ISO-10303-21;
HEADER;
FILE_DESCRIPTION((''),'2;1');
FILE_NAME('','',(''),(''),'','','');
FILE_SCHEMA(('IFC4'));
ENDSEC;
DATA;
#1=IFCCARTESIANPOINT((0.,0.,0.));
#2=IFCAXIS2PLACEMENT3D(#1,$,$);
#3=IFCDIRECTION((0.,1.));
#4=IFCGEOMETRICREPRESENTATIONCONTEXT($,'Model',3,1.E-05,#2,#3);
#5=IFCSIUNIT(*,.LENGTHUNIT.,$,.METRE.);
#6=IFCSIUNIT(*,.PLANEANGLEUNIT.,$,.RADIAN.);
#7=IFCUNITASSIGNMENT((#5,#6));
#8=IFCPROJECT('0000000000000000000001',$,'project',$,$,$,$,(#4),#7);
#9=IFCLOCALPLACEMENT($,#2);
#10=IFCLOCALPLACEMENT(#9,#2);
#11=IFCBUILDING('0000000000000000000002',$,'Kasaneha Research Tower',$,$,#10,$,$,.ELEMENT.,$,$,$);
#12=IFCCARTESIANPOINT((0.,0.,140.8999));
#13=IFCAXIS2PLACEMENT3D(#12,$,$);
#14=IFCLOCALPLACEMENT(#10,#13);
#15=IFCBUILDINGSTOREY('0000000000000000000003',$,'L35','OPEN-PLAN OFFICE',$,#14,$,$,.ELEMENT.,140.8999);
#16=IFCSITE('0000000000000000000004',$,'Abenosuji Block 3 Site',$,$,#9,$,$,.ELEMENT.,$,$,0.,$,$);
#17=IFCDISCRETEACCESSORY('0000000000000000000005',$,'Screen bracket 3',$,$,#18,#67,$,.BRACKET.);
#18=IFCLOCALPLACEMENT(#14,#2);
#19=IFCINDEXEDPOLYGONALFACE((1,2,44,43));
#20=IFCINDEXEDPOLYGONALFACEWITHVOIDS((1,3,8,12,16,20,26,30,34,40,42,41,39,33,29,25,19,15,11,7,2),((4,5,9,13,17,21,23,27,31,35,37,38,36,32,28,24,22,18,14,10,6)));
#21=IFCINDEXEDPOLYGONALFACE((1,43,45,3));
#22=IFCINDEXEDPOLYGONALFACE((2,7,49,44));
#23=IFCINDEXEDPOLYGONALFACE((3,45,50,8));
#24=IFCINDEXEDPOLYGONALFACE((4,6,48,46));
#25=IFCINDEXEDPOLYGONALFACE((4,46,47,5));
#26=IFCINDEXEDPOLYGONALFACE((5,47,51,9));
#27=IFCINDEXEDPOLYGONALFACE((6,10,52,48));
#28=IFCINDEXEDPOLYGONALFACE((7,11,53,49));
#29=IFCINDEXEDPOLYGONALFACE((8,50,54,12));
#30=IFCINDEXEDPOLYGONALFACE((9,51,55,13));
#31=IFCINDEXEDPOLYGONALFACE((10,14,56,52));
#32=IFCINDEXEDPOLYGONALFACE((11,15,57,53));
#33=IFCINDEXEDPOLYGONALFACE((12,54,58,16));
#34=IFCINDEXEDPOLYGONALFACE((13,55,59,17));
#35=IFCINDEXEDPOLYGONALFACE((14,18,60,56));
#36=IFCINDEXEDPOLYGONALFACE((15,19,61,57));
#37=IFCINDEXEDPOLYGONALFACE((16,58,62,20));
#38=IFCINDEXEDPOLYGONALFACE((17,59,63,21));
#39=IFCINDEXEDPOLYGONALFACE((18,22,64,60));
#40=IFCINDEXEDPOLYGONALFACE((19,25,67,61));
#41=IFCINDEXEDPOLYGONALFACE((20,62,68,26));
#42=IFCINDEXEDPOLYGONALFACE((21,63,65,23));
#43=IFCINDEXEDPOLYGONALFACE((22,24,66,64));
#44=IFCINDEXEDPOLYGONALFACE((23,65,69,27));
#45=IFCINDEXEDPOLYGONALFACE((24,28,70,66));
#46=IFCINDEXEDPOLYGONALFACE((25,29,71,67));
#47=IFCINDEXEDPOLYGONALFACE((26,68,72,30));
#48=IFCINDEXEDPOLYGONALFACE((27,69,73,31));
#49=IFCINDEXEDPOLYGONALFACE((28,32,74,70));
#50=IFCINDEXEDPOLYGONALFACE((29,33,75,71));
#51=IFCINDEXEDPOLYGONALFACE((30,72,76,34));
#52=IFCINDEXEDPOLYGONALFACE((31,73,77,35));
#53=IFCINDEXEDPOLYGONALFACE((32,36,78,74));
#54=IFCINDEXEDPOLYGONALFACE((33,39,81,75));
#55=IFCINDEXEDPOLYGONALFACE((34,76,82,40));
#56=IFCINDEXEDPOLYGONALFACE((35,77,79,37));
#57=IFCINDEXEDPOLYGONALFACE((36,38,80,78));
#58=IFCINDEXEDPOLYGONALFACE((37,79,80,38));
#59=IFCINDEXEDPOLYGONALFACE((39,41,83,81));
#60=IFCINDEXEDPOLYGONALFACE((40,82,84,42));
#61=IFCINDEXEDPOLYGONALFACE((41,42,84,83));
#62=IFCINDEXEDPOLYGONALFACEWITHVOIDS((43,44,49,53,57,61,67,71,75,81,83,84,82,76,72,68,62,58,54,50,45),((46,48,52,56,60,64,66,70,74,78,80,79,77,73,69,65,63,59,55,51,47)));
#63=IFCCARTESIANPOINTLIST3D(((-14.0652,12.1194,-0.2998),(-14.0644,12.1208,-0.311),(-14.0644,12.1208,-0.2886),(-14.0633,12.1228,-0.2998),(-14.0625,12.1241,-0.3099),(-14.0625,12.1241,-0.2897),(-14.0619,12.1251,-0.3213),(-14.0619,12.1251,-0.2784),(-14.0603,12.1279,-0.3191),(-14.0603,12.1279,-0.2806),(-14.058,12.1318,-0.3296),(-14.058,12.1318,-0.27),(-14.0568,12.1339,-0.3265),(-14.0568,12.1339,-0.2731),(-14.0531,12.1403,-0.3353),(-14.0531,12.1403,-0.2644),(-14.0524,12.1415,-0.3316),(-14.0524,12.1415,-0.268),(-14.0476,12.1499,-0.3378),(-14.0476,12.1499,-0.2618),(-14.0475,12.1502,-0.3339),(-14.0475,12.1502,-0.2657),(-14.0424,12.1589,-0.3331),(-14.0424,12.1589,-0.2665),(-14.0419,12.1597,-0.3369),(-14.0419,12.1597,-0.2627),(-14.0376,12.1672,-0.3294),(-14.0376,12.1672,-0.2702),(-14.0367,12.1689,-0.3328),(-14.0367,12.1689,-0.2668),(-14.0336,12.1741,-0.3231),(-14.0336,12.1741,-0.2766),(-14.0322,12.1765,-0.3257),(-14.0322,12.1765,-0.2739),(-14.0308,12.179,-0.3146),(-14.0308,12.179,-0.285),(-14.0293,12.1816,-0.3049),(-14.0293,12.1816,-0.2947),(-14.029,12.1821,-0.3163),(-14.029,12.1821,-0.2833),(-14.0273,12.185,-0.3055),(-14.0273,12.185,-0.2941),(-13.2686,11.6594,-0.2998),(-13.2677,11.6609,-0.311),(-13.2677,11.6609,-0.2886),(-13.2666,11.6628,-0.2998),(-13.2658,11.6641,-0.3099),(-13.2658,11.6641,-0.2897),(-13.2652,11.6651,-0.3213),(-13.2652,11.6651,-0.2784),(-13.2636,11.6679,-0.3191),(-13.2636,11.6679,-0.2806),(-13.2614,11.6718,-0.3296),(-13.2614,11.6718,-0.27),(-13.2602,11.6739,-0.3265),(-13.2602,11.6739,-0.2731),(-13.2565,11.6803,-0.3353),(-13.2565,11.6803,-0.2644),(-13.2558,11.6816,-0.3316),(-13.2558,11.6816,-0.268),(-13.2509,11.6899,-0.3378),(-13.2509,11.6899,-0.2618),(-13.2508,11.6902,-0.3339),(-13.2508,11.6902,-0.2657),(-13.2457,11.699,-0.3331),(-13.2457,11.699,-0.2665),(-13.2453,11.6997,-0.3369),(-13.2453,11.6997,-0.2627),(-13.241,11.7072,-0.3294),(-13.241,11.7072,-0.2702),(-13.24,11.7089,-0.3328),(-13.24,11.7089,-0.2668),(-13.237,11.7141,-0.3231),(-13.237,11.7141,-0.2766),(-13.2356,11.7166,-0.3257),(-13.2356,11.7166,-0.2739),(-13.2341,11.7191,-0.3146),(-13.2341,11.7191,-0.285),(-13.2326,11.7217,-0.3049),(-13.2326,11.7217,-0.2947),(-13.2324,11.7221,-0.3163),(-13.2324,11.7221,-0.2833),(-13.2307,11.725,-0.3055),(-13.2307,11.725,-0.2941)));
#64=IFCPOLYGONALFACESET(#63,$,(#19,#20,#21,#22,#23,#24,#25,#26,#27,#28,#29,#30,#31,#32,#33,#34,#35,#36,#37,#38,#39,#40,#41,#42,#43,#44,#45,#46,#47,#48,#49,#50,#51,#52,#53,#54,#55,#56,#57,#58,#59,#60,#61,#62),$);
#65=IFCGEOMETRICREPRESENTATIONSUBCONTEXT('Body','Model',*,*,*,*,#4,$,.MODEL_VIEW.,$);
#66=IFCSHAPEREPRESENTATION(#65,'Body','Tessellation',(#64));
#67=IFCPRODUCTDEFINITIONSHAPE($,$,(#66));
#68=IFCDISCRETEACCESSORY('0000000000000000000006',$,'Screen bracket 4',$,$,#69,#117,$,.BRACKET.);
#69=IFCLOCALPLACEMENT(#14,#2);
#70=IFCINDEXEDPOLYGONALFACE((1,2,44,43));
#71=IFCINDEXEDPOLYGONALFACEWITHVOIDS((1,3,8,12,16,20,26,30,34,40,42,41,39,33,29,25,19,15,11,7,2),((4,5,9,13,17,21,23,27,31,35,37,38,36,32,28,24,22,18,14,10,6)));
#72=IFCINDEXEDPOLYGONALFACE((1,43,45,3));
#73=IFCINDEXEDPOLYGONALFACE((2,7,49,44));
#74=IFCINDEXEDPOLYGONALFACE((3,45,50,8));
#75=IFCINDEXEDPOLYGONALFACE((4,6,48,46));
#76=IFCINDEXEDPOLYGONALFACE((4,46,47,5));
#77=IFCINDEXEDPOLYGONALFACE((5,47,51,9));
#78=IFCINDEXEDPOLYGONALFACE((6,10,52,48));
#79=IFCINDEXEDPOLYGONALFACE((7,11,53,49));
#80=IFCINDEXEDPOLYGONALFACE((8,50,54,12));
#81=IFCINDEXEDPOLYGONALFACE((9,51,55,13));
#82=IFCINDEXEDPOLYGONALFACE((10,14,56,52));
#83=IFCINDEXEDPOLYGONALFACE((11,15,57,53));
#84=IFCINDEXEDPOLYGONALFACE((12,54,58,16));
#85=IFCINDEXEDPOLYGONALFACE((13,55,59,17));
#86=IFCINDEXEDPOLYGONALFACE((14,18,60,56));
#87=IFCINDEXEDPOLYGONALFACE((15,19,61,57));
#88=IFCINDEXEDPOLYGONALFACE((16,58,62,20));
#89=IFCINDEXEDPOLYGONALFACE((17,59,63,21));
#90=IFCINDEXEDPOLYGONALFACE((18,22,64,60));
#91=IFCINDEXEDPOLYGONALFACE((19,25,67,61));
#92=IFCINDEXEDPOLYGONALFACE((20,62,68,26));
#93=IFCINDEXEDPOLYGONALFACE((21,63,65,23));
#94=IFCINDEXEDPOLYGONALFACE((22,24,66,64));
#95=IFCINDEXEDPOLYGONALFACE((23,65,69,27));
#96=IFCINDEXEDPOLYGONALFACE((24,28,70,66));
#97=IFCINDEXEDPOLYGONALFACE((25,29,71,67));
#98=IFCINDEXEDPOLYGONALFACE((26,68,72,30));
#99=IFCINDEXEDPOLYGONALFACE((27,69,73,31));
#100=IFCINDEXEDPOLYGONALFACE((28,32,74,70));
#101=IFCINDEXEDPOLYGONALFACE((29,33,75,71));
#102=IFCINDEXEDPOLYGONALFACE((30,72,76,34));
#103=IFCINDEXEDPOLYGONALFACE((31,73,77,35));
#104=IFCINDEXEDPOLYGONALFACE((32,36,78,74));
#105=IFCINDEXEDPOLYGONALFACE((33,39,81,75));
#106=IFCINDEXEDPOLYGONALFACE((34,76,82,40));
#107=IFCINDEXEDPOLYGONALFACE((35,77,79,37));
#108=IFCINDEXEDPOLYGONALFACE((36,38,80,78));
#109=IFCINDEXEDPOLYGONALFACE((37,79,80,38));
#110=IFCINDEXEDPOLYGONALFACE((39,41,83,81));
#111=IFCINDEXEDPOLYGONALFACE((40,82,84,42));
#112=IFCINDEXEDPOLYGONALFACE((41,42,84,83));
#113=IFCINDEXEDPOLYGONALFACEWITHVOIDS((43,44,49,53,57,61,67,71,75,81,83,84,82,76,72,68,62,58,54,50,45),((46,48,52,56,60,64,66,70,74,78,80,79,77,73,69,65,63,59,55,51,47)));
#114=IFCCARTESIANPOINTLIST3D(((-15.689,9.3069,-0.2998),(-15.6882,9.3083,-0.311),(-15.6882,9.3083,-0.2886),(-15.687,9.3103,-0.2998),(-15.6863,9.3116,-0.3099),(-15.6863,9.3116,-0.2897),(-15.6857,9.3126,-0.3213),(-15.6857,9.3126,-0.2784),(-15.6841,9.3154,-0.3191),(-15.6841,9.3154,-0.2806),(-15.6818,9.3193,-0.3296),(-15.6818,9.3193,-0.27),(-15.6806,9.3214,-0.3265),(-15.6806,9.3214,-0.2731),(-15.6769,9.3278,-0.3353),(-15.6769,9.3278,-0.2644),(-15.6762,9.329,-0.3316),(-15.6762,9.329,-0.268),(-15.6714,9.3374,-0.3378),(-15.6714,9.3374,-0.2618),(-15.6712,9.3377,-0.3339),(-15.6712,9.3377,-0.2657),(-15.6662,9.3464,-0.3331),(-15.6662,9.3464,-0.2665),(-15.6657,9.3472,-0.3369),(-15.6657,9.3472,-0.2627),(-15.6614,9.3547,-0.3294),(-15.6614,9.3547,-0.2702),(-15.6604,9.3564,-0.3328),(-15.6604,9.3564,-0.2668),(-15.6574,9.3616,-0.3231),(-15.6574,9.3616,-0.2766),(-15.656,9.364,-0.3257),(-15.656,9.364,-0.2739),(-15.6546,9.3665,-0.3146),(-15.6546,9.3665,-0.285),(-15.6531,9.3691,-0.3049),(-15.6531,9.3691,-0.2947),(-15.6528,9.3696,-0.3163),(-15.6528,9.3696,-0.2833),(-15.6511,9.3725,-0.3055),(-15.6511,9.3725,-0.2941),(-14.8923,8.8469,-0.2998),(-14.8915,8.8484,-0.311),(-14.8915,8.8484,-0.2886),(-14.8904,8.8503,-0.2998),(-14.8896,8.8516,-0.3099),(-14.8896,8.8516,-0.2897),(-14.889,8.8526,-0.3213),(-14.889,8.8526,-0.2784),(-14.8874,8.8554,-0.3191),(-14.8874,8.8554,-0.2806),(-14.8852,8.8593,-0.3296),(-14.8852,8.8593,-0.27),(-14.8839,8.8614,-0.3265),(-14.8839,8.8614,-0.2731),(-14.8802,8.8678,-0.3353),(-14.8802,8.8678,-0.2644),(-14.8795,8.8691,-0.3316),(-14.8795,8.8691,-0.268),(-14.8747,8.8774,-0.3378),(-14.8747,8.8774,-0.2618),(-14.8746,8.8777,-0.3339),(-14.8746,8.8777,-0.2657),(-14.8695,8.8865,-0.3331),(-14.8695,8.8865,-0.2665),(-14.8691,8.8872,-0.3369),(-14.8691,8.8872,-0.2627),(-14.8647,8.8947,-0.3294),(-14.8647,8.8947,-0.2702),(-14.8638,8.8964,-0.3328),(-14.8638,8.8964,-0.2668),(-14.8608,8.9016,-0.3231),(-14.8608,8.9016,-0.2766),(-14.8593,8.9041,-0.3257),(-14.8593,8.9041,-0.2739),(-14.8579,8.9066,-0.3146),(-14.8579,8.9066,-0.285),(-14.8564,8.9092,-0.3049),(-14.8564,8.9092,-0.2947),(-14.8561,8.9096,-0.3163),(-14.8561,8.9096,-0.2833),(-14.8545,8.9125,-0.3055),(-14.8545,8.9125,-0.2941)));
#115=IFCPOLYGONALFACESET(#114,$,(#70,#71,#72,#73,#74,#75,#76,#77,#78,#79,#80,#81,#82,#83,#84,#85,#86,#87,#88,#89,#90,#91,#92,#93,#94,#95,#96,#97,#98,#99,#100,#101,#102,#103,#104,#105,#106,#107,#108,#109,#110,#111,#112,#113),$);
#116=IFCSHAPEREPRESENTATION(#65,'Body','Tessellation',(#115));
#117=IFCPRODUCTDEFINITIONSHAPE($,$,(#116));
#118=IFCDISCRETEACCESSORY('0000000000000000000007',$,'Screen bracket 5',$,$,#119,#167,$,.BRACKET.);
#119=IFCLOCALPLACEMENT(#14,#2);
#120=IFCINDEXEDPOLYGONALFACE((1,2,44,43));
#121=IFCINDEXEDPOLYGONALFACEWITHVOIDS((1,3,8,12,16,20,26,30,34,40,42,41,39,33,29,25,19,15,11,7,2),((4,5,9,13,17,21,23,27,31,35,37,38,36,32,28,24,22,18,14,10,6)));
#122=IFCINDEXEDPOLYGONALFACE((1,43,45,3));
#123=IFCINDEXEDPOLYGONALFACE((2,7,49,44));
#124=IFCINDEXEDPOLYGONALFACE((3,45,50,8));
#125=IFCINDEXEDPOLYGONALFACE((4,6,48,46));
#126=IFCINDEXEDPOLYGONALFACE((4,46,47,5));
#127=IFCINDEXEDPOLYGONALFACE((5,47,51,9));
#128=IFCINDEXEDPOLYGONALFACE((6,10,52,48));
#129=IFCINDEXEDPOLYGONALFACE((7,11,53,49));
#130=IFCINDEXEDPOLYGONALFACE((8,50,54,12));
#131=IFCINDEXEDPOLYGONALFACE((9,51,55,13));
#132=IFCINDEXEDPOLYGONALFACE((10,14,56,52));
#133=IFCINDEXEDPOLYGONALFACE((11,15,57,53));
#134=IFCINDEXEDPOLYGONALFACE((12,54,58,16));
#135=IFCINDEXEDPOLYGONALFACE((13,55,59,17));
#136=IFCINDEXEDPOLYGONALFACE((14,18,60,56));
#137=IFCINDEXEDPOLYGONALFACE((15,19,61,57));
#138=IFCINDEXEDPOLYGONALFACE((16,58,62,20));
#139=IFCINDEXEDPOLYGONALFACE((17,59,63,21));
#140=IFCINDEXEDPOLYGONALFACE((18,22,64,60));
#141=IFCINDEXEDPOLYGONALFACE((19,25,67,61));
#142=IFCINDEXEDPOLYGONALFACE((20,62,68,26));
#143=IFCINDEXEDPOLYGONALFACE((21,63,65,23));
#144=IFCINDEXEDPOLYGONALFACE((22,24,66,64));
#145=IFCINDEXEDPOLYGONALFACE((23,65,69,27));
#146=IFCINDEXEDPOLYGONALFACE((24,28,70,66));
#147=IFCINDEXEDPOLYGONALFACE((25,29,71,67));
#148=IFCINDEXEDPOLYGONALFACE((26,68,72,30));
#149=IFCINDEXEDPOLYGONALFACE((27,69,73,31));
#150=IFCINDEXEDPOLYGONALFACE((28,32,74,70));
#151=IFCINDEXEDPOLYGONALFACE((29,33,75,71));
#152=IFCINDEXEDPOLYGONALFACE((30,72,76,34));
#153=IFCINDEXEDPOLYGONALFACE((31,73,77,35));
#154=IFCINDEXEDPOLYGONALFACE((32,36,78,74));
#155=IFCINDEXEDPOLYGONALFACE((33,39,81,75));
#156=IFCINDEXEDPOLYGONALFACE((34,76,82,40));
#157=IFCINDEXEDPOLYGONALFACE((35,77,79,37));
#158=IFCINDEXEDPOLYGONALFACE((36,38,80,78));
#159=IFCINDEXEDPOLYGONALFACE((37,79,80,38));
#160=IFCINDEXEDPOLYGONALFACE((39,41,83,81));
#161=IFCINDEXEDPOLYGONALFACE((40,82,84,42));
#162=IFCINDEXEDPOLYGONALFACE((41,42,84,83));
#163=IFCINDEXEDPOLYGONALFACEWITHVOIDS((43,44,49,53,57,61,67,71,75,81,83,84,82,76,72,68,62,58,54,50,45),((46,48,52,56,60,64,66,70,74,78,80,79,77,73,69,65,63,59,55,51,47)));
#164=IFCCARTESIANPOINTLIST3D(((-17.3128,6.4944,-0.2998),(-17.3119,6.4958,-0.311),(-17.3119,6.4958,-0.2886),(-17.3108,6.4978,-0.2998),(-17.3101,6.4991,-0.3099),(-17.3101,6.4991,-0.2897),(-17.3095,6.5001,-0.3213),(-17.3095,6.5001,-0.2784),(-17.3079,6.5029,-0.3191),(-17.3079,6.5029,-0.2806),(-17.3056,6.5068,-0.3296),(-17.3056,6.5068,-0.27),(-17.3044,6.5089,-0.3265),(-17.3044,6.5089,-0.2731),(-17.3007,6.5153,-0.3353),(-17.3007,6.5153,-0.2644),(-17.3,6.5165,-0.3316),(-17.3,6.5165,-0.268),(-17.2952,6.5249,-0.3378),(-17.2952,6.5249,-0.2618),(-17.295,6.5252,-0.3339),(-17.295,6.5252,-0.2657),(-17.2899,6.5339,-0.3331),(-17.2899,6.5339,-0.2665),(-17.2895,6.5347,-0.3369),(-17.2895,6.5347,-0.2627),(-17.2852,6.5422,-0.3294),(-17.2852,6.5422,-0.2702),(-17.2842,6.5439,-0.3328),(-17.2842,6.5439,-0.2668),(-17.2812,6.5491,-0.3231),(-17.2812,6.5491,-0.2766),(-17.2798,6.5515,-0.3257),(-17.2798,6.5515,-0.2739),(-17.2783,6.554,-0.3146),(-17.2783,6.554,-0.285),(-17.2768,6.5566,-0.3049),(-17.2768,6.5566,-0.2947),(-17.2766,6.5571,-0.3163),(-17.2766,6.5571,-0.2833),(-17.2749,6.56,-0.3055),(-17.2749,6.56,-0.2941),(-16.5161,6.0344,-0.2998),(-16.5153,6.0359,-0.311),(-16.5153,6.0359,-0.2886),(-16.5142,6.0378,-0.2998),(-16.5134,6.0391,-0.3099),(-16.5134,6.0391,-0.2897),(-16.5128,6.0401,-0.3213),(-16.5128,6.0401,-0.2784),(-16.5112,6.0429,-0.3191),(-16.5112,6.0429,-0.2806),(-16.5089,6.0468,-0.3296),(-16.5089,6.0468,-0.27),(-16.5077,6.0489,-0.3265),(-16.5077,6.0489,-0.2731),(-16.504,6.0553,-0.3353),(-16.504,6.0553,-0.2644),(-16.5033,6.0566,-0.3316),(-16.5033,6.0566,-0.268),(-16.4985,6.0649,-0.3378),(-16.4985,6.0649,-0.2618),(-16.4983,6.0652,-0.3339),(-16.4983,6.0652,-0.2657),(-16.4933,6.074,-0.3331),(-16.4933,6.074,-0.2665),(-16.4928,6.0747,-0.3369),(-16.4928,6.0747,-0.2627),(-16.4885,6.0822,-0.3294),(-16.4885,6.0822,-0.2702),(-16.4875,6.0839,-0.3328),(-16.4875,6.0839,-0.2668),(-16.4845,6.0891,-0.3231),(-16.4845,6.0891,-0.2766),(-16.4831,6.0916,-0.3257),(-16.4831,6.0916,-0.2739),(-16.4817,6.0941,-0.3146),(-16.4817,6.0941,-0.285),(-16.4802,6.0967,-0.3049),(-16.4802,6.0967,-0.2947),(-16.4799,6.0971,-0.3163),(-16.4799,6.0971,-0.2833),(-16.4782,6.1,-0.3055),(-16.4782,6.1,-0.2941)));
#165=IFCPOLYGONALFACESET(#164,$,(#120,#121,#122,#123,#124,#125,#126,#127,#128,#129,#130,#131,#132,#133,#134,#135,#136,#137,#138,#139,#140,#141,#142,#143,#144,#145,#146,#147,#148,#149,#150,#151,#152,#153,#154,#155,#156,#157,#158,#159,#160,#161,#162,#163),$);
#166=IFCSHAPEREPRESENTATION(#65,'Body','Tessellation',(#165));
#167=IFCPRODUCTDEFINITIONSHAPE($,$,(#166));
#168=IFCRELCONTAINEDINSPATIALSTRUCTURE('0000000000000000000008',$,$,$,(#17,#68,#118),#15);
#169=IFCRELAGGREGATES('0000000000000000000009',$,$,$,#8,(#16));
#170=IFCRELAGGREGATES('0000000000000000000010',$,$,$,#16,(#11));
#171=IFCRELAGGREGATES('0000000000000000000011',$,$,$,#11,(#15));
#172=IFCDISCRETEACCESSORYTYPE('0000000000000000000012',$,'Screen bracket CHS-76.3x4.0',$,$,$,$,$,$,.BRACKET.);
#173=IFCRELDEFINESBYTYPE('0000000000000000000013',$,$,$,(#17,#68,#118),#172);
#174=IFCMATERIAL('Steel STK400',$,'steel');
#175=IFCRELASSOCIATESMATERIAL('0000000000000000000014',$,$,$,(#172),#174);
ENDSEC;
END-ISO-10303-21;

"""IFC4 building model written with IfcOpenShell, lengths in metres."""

from ifc_helpers import new_model, si_unit, direction, frame, origin, origin_2d, place, context, subcontext, project, spatial, hollow_circle, extrude, material, material_profile, profile_set, type_object, element, save


model = new_model("IFC4")

# Units and contexts
model_context = context("Model", 3, precision=1e-05, world=origin(), true_north=direction((0.0, 1.0)))
body_context = subcontext(model_context, "Body", "Model", "MODEL_VIEW")
ifc_project = project(units=[si_unit("LENGTHUNIT", "METRE"), si_unit("PLANEANGLEUNIT", "RADIAN")], contexts=[model_context])

# Site, building, storey
site_placement = place(None, origin())
site = spatial("IfcSite", under=ifc_project, at=site_placement, Name="Abenosuji Block 3 Site", CompositionType="ELEMENT", RefElevation=0.0)
building_placement = place(site_placement, origin())
building = spatial("IfcBuilding", under=site, at=building_placement, Name="Kasaneha Research Tower", CompositionType="ELEMENT")
storey_placement = place(building_placement, frame((0.0, 0.0, 140.8999)))
storey = spatial("IfcBuildingStorey", under=building, at=storey_placement, Name="L35", Description="OPEN-PLAN OFFICE", CompositionType="ELEMENT", Elevation=140.8999)

# Discrete accessories
ifc_material_1 = material(Name="Steel STK400", Category="steel")
ifc_material_profile_1 = material_profile(ifc_material_1, hollow_circle(Radius=0.0381, WallThickness=0.0039, at=origin_2d()), Name="CHS-76.3x4.0")
ifc_profile_set_1 = profile_set([ifc_material_profile_1], Name="Steel STK400")
discrete_accessory_type = type_object("IfcDiscreteAccessoryType", Name="Screen bracket CHS-76.3x4.0", PredefinedType="BRACKET", material=ifc_profile_set_1)
for number, where, z_axis, x_axis, name in (
    (1, (-13.2495, 11.6924, -0.2998), (-0.866013, 0.500021, 0.0), (-0.500021, -0.866013, 0.0), "Screen bracket 3"),
    (2, (-14.8733, 8.8799, -0.2998), (-0.866013, 0.500021, 0.0), (-0.500021, -0.866013, 0.0), "Screen bracket 4"),
    (3, (-16.4971, 6.0674, -0.2998), (-0.866013, 0.500021, 0.0), (-0.500021, -0.866013, 0.0), "Screen bracket 5"),
):
    element("IfcDiscreteAccessory", number, at=place(storey_placement, frame(where, z_axis=z_axis, x_axis=x_axis)), inside=storey, type_object=discrete_accessory_type, Name=name, PredefinedType="BRACKET", context=body_context, shape_type="SweptSolid", body=[
        extrude(hollow_circle(Radius=0.0381, WallThickness=0.0039, at=origin_2d()), origin(), (0.0, 0.0, 1.0), 0.9199),
    ])

save(model, "model.ifc")
